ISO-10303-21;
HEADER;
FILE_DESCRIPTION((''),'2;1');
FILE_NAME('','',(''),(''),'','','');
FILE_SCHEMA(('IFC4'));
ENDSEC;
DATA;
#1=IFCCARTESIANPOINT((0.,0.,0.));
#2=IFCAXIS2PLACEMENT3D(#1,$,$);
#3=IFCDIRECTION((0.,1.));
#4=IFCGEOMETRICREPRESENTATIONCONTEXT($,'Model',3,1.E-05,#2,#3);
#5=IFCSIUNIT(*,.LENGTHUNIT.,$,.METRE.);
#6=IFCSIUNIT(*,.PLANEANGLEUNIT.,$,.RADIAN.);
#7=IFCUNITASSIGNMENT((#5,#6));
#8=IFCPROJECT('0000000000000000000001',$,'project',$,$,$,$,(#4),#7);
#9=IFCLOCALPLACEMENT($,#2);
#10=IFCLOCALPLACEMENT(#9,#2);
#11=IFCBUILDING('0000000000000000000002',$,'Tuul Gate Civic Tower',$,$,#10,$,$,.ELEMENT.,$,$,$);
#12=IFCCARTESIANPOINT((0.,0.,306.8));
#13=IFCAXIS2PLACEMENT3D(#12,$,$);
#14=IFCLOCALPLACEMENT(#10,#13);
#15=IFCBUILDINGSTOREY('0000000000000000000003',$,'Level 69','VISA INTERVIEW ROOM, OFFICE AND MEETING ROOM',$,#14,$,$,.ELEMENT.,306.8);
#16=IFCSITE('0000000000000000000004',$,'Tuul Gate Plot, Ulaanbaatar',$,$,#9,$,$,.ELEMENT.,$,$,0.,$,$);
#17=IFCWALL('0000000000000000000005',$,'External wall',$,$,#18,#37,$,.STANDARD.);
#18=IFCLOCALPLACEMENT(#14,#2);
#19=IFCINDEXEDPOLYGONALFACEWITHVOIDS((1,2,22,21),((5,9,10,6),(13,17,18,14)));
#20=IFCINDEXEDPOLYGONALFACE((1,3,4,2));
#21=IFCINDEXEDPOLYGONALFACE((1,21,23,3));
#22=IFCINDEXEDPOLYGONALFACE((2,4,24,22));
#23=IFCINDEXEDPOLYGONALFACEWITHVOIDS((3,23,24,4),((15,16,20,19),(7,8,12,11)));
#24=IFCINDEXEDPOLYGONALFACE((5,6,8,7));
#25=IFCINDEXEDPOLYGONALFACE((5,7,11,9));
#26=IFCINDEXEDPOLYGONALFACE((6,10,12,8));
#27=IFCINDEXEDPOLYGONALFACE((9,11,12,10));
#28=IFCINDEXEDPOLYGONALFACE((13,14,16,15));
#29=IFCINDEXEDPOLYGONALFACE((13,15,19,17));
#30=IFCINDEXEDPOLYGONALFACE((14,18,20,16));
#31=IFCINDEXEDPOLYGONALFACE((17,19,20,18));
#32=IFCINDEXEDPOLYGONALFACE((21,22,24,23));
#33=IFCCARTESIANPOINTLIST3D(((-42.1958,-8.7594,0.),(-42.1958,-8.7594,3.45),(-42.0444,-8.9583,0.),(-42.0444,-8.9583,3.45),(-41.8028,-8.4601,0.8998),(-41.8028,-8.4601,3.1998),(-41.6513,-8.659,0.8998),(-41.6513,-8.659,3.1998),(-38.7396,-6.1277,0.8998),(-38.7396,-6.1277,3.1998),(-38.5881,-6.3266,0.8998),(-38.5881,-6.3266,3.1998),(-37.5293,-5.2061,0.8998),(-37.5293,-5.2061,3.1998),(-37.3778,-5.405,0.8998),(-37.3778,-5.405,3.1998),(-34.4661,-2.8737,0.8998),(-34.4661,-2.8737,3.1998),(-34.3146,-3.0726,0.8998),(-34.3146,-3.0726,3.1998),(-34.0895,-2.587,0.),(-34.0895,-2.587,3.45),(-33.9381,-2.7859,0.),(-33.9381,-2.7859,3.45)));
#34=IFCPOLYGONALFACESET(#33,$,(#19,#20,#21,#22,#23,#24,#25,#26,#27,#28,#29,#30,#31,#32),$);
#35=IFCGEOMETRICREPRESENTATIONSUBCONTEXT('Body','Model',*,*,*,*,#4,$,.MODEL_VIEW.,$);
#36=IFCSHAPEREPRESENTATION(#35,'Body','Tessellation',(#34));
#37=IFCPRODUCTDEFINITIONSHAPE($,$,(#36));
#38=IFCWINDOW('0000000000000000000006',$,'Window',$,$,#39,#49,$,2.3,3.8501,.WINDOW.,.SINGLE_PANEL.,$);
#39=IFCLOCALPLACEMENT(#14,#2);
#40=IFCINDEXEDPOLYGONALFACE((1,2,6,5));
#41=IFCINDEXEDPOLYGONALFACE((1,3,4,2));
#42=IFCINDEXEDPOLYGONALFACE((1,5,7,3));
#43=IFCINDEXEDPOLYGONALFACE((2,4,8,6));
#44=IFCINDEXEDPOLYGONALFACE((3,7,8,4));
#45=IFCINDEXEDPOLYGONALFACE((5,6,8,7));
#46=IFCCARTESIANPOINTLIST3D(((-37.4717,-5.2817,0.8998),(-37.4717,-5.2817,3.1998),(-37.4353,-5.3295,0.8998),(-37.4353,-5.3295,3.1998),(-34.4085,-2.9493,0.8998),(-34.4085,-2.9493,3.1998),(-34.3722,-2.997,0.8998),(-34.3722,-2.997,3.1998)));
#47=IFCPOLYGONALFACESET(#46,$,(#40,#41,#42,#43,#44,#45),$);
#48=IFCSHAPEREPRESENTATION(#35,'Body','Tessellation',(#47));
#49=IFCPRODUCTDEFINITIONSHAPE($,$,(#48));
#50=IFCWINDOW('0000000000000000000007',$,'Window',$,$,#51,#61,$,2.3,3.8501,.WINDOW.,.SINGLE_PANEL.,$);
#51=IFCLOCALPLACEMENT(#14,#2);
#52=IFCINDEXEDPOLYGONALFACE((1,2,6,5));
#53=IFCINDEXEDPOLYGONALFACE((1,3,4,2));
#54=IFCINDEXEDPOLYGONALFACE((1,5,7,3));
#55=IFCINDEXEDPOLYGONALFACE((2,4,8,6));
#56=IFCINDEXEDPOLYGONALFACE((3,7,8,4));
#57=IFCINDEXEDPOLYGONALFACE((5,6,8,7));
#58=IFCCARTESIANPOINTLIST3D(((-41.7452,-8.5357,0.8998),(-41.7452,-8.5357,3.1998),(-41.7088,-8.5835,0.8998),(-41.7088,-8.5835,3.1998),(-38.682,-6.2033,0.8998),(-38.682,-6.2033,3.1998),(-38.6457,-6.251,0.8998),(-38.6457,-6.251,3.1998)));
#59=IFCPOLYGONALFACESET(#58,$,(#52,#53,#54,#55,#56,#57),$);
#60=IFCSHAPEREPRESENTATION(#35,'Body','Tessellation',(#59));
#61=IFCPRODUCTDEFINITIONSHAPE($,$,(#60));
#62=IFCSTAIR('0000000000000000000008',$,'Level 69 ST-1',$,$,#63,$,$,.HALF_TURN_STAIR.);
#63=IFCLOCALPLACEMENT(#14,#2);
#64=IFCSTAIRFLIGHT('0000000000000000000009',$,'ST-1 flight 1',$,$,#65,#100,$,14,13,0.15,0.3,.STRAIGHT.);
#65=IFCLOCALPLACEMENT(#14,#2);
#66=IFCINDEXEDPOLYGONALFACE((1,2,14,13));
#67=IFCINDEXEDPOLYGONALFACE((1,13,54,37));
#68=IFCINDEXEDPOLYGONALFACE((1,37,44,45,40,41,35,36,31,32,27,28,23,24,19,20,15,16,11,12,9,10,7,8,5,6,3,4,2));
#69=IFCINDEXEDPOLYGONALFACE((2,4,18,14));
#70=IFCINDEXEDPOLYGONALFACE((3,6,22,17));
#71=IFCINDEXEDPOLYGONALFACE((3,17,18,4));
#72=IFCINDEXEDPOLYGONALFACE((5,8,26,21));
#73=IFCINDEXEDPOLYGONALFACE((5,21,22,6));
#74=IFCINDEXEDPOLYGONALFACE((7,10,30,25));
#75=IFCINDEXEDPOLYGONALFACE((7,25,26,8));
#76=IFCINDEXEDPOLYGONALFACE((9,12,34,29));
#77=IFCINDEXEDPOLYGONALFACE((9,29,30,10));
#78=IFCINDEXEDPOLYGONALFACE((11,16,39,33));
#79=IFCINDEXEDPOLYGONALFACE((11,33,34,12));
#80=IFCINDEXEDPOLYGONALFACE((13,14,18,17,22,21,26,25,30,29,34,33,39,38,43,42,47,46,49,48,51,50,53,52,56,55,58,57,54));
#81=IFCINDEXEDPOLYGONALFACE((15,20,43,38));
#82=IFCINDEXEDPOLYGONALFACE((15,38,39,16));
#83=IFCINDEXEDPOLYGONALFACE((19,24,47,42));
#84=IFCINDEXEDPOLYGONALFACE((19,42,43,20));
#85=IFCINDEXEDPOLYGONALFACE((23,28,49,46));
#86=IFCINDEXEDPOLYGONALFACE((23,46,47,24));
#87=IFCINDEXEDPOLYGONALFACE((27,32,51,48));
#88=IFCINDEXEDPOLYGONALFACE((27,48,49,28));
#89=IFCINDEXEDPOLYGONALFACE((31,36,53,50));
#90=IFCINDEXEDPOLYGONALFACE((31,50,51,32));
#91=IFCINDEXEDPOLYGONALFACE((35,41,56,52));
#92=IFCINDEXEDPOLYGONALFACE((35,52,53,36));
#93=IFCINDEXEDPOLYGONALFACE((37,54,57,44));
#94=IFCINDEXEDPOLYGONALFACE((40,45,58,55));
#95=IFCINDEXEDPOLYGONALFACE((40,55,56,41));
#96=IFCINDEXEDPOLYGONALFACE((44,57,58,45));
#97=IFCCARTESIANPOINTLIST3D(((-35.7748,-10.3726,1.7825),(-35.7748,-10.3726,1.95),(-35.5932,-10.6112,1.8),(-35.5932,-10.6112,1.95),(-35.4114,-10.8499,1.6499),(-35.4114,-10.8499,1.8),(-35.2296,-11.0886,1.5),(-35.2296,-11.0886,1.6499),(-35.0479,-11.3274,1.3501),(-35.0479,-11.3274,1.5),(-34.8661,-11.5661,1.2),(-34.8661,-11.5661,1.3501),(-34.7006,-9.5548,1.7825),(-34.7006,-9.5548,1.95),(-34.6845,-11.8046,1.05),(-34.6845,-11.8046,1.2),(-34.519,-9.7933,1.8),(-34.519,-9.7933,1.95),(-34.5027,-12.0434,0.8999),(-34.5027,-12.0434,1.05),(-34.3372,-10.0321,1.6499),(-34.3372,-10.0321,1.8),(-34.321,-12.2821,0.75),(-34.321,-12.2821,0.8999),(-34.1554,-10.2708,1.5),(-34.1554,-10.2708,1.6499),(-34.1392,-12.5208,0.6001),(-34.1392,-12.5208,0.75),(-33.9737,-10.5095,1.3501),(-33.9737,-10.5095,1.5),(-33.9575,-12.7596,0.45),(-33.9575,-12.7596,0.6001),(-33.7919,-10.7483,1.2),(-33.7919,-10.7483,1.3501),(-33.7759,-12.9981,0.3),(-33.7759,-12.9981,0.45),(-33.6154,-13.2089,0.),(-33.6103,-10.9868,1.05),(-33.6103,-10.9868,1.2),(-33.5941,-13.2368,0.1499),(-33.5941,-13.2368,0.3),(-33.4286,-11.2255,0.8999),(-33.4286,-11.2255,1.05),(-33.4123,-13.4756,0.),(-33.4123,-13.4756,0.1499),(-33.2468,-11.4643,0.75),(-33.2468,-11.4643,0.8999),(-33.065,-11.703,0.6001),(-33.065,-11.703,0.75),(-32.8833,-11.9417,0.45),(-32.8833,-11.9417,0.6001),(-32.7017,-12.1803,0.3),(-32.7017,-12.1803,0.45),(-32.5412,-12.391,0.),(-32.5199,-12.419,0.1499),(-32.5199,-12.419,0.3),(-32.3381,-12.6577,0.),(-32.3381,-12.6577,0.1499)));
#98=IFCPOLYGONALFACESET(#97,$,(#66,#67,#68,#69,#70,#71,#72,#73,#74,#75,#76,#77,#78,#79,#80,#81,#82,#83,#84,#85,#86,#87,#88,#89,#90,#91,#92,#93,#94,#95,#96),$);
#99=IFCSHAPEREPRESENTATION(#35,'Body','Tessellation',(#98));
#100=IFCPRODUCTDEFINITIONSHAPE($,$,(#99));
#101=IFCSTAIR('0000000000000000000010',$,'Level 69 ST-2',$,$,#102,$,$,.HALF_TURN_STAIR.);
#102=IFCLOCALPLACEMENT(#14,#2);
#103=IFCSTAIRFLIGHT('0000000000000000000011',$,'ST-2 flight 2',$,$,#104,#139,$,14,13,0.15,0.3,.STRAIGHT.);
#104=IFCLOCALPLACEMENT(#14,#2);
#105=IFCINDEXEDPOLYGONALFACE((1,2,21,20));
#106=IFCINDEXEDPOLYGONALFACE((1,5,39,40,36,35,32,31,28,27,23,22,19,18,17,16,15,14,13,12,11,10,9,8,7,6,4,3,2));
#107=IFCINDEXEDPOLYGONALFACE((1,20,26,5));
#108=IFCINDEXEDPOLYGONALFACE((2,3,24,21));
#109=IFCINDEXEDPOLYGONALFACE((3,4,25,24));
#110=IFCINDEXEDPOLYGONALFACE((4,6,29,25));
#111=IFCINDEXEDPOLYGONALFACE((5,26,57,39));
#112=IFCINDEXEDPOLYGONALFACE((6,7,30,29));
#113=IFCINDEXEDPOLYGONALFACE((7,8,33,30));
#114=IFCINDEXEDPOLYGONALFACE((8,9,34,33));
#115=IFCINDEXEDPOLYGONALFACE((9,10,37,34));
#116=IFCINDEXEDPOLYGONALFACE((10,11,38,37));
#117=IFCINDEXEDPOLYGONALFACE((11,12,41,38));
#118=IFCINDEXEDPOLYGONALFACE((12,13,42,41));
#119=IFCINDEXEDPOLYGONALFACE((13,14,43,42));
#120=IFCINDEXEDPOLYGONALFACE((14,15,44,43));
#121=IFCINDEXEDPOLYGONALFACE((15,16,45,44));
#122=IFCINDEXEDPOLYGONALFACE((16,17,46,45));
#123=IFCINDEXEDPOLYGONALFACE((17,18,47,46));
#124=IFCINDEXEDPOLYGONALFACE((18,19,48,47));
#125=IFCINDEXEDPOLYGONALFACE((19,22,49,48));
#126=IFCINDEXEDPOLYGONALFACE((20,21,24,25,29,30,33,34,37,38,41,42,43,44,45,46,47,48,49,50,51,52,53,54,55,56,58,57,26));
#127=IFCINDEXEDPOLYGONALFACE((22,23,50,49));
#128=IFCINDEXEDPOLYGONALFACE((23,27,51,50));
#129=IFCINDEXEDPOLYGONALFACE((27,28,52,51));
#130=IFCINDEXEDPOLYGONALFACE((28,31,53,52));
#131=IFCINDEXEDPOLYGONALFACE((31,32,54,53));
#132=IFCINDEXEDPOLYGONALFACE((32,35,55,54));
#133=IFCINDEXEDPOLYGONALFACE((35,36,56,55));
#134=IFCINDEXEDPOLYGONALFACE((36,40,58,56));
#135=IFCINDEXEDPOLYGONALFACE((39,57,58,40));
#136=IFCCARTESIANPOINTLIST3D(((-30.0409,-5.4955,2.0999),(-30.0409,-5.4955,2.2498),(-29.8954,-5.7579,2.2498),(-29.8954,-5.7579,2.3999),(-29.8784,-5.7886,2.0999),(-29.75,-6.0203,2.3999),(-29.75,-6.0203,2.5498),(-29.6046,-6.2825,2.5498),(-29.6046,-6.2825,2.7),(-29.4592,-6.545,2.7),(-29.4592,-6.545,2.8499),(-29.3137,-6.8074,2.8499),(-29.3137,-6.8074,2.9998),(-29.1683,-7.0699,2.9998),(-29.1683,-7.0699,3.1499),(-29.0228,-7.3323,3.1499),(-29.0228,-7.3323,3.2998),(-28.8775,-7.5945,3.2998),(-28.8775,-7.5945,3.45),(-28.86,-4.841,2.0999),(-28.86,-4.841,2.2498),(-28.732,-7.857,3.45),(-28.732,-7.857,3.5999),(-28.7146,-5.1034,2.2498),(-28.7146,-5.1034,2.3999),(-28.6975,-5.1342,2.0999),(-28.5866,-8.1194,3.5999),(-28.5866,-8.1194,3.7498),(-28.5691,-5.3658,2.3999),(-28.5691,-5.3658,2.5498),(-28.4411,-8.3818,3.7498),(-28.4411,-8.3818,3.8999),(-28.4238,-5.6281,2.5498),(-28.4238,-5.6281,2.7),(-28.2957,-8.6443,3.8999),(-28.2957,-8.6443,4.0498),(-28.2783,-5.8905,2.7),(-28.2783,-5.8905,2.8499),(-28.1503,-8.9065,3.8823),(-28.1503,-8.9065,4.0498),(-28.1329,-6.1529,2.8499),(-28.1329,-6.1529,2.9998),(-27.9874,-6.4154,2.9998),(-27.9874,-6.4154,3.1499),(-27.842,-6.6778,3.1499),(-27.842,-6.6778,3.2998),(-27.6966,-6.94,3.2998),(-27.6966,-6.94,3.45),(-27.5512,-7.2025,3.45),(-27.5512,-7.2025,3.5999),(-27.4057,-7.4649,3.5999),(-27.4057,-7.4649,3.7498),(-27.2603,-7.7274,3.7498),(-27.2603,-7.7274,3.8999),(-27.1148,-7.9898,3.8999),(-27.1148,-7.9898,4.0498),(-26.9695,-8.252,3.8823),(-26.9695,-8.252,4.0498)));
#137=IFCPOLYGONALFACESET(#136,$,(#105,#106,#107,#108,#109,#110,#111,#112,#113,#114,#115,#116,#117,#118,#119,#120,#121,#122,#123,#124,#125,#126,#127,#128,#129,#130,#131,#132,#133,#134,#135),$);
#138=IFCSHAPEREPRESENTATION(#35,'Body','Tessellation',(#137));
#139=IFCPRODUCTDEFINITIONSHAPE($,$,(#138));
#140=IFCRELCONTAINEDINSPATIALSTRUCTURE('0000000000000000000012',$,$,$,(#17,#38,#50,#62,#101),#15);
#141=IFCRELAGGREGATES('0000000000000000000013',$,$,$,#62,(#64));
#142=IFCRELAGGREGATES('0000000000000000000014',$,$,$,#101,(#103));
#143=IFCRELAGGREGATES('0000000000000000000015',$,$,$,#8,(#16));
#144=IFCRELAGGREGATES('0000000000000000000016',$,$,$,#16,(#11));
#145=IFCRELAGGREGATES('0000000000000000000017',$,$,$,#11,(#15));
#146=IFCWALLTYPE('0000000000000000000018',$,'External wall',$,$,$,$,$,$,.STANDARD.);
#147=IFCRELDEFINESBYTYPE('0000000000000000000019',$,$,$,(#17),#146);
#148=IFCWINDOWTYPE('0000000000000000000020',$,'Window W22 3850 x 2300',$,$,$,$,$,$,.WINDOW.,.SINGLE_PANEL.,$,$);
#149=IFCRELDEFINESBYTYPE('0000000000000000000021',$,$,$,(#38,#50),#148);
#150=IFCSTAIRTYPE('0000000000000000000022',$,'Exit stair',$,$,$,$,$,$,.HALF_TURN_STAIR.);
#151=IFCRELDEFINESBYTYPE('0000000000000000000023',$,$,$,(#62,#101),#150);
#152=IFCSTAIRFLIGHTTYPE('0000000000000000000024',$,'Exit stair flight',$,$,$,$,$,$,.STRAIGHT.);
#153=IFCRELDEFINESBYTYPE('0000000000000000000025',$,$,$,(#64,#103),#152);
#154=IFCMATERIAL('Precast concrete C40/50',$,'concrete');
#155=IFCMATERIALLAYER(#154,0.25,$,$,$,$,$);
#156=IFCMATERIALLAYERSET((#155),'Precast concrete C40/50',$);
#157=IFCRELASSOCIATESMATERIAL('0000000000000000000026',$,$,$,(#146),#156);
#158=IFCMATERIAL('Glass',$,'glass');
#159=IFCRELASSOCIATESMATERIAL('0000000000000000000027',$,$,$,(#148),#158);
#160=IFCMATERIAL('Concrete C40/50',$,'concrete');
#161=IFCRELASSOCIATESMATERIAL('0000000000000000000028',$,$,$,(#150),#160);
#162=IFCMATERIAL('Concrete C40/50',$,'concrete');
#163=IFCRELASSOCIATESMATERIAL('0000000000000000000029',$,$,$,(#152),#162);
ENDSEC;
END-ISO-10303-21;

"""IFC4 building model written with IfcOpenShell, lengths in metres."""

from ifc_helpers import new_model, si_unit, direction, frame, frame_2d, origin, place, context, subcontext, project, spatial, polyline, rectangle, outline, extrude, material, layer, layer_set, type_object, element, fill, aggregate, save


model = new_model("IFC4")

# Units and contexts
model_context = context("Model", 3, precision=1e-05, world=origin(), true_north=direction((0.0, 1.0)))
body_context = subcontext(model_context, "Body", "Model", "MODEL_VIEW")
ifc_project = project(units=[si_unit("LENGTHUNIT", "METRE"), si_unit("PLANEANGLEUNIT", "RADIAN")], contexts=[model_context])

# Site, building, storey
site_placement = place(None, origin())
site = spatial("IfcSite", under=ifc_project, at=site_placement, Name="Tuul Gate Plot, Ulaanbaatar", CompositionType="ELEMENT", RefElevation=0.0)
building_placement = place(site_placement, origin())
building = spatial("IfcBuilding", under=site, at=building_placement, Name="Tuul Gate Civic Tower", CompositionType="ELEMENT")
storey_placement = place(building_placement, frame((0.0, 0.0, 306.8)))
storey = spatial("IfcBuildingStorey", under=building, at=storey_placement, Name="Level 69", Description="VISA INTERVIEW ROOM, OFFICE AND MEETING ROOM", CompositionType="ELEMENT", Elevation=306.8)

# Wall, openings, windows
ifc_material_1 = material(Name="Precast concrete C40/50", Category="concrete")
ifc_layer_1 = layer(ifc_material_1, 0.25)
ifc_layer_set_1 = layer_set([ifc_layer_1], Name="Precast concrete C40/50")
wall_type_1 = type_object("IfcWallType", Name="External wall", PredefinedType="STANDARD", material=ifc_layer_set_1)
wall_1_placement = place(storey_placement, frame((-34.0139, -2.6865, 0.0), z_axis=(0.0, 0.0, 1.0), x_axis=(-0.795611, -0.605808, 0.0)))
wall_1 = element("IfcWall", 1, at=wall_1_placement, inside=storey, type_object=wall_type_1, Name="External wall", PredefinedType="STANDARD", context=body_context, shape_type="SweptSolid", body=[
    extrude(rectangle(XDim=10.1887, YDim=0.25, at=frame_2d((5.0942, 0.0))), origin(), (0.0, 0.0, 1.0), 3.45),
])
opening_1_placement = place(wall_1_placement, frame((0.4731, 0.0, 0.8999)))
opening_1 = element("IfcOpeningElement", 2, at=opening_1_placement, cuts=wall_1, PredefinedType="OPENING", context=body_context, shape_type="SweptSolid", body=[
    extrude(rectangle(XDim=3.8501, YDim=2.3, at=frame_2d((1.925, 1.1499))), frame((0.0, 0.135, 0.0), z_axis=(0.0, -1.0, 0.0), x_axis=(1.0, 0.0, 0.0)), (0.0, 0.0, 1.0), 0.27),
])
opening_2_placement = place(wall_1_placement, frame((5.8445, 0.0, 0.8999)))
opening_2 = element("IfcOpeningElement", 3, at=opening_2_placement, cuts=wall_1, PredefinedType="OPENING", context=body_context, shape_type="SweptSolid", body=[
    extrude(rectangle(XDim=3.8501, YDim=2.3, at=frame_2d((1.925, 1.1499))), frame((0.0, 0.135, 0.0), z_axis=(0.0, -1.0, 0.0), x_axis=(1.0, 0.0, 0.0)), (0.0, 0.0, 1.0), 0.27),
])
ifc_material_2 = material(Name="Glass", Category="glass")
window_type = type_object("IfcWindowType", Name="Window W22 3850 x 2300", PartitioningType="SINGLE_PANEL", PredefinedType="WINDOW", material=ifc_material_2)
window_1_placement = place(opening_1_placement, origin())
window_1 = element("IfcWindow", 4, at=window_1_placement, inside=storey, type_object=window_type, Name="Window", OverallHeight=2.3, OverallWidth=3.8501, PartitioningType="SINGLE_PANEL", PredefinedType="WINDOW", context=body_context, shape_type="SweptSolid", body=[
    extrude(rectangle(XDim=3.8501, YDim=2.3, at=frame_2d((1.925, 1.1499))), frame((0.0, 0.03, 0.0), z_axis=(0.0, -1.0, 0.0), x_axis=(1.0, 0.0, 0.0)), (0.0, 0.0, 1.0), 0.0601),
])
fill(opening_1, window_1)
window_2_placement = place(opening_2_placement, origin())
window_2 = element("IfcWindow", 5, at=window_2_placement, inside=storey, type_object=window_type, Name="Window", OverallHeight=2.3, OverallWidth=3.8501, PartitioningType="SINGLE_PANEL", PredefinedType="WINDOW", context=body_context, shape_type="SweptSolid", body=[
    extrude(rectangle(XDim=3.8501, YDim=2.3, at=frame_2d((1.925, 1.1499))), frame((0.0, 0.03, 0.0), z_axis=(0.0, -1.0, 0.0), x_axis=(1.0, 0.0, 0.0)), (0.0, 0.0, 1.0), 0.0601),
])
fill(opening_2, window_2)

# Stairs, stair flights
ifc_material_3 = material(Name="Concrete C40/50", Category="concrete")
stair_type = type_object("IfcStairType", Name="Exit stair", PredefinedType="HALF_TURN_STAIR", material=ifc_material_3)
stair_1_placement = place(storey_placement, origin())
stair_1 = element("IfcStair", 6, at=stair_1_placement, inside=storey, type_object=stair_type, Name="Level 69 ST-1", PredefinedType="HALF_TURN_STAIR")
ifc_material_4 = material(Name="Concrete C40/50", Category="concrete")
stair_flight_type = type_object("IfcStairFlightType", Name="Exit stair flight", PredefinedType="STRAIGHT", material=ifc_material_4)
stair_flight_1_placement = place(storey_placement, frame((-32.8752, -13.0667, 0.0), z_axis=(0.0, 0.0, 1.0), x_axis=(-0.605764, 0.795644, 0.0)))
stair_flight_1 = element("IfcStairFlight", 7, at=stair_flight_1_placement, type_object=stair_flight_type, Name="ST-1 flight 1", NumberOfRisers=14, NumberOfTreads=13, PredefinedType="STRAIGHT", RiserHeight=0.15, TreadLength=0.3, context=body_context, shape_type="SweptSolid", body=[
    extrude(outline(polyline([(0.0, 0.0), (0.0, 0.1499), (0.3, 0.1499), (0.3, 0.3), (0.6001, 0.3), (0.6001, 0.45), (0.8999, 0.45), (0.8999, 0.6001), (1.2, 0.6001), (1.2, 0.75), (1.5, 0.75), (1.5, 0.8999), (1.8, 0.8999), (1.8, 1.05), (2.1001, 1.05), (2.1001, 1.2), (2.3999, 1.2), (2.3999, 1.3501), (2.7, 1.3501), (2.7, 1.5), (3.0, 1.5), (3.0, 1.6499), (3.3, 1.6499), (3.3, 1.8), (3.6001, 1.8), (3.6001, 1.95), (3.8999, 1.95), (3.8999, 2.1001), (3.8999, 1.7825), (0.3352, 0.0), (0.0, 0.0)])), frame((0.0, 0.675, 0.0), z_axis=(0.0, -1.0, 0.0), x_axis=(1.0, 0.0, 0.0)), (0.0, 0.0, 1.0), 1.3501),
])
aggregate(stair_1, [stair_flight_1])
stair_2_placement = place(storey_placement, origin())
stair_2 = element("IfcStair", 8, at=stair_2_placement, inside=storey, type_object=stair_type, Name="Level 69 ST-2", PredefinedType="HALF_TURN_STAIR")
stair_flight_2_placement = place(storey_placement, frame((-29.4504, -5.1682, 2.0999), z_axis=(0.0, 0.0, 1.0), x_axis=(0.484762, -0.874646, 0.0)))
stair_flight_2 = element("IfcStairFlight", 9, at=stair_flight_2_placement, type_object=stair_flight_type, Name="ST-2 flight 2", NumberOfRisers=14, NumberOfTreads=13, PredefinedType="STRAIGHT", RiserHeight=0.15, TreadLength=0.3, context=body_context, shape_type="SweptSolid", body=[
    extrude(outline(polyline([(0.0, 0.0), (0.0, 0.1499), (0.3, 0.1499), (0.3, 0.3), (0.6001, 0.3), (0.6001, 0.45), (0.8999, 0.45), (0.8999, 0.6001), (1.2, 0.6001), (1.2, 0.75), (1.5, 0.75), (1.5, 0.8999), (1.8, 0.8999), (1.8, 1.05), (2.1001, 1.05), (2.1001, 1.2), (2.3999, 1.2), (2.3999, 1.3501), (2.7, 1.3501), (2.7, 1.5), (3.0, 1.5), (3.0, 1.6499), (3.3, 1.6499), (3.3, 1.8), (3.6001, 1.8), (3.6001, 1.95), (3.8999, 1.95), (3.8999, 2.1001), (3.8999, 1.7825), (0.3352, 0.0), (0.0, 0.0)])), frame((0.0, 0.675, 0.0), z_axis=(0.0, -1.0, 0.0), x_axis=(1.0, 0.0, 0.0)), (0.0, 0.0, 1.0), 1.3501),
])
aggregate(stair_2, [stair_flight_2])

save(model, "model.ifc")
